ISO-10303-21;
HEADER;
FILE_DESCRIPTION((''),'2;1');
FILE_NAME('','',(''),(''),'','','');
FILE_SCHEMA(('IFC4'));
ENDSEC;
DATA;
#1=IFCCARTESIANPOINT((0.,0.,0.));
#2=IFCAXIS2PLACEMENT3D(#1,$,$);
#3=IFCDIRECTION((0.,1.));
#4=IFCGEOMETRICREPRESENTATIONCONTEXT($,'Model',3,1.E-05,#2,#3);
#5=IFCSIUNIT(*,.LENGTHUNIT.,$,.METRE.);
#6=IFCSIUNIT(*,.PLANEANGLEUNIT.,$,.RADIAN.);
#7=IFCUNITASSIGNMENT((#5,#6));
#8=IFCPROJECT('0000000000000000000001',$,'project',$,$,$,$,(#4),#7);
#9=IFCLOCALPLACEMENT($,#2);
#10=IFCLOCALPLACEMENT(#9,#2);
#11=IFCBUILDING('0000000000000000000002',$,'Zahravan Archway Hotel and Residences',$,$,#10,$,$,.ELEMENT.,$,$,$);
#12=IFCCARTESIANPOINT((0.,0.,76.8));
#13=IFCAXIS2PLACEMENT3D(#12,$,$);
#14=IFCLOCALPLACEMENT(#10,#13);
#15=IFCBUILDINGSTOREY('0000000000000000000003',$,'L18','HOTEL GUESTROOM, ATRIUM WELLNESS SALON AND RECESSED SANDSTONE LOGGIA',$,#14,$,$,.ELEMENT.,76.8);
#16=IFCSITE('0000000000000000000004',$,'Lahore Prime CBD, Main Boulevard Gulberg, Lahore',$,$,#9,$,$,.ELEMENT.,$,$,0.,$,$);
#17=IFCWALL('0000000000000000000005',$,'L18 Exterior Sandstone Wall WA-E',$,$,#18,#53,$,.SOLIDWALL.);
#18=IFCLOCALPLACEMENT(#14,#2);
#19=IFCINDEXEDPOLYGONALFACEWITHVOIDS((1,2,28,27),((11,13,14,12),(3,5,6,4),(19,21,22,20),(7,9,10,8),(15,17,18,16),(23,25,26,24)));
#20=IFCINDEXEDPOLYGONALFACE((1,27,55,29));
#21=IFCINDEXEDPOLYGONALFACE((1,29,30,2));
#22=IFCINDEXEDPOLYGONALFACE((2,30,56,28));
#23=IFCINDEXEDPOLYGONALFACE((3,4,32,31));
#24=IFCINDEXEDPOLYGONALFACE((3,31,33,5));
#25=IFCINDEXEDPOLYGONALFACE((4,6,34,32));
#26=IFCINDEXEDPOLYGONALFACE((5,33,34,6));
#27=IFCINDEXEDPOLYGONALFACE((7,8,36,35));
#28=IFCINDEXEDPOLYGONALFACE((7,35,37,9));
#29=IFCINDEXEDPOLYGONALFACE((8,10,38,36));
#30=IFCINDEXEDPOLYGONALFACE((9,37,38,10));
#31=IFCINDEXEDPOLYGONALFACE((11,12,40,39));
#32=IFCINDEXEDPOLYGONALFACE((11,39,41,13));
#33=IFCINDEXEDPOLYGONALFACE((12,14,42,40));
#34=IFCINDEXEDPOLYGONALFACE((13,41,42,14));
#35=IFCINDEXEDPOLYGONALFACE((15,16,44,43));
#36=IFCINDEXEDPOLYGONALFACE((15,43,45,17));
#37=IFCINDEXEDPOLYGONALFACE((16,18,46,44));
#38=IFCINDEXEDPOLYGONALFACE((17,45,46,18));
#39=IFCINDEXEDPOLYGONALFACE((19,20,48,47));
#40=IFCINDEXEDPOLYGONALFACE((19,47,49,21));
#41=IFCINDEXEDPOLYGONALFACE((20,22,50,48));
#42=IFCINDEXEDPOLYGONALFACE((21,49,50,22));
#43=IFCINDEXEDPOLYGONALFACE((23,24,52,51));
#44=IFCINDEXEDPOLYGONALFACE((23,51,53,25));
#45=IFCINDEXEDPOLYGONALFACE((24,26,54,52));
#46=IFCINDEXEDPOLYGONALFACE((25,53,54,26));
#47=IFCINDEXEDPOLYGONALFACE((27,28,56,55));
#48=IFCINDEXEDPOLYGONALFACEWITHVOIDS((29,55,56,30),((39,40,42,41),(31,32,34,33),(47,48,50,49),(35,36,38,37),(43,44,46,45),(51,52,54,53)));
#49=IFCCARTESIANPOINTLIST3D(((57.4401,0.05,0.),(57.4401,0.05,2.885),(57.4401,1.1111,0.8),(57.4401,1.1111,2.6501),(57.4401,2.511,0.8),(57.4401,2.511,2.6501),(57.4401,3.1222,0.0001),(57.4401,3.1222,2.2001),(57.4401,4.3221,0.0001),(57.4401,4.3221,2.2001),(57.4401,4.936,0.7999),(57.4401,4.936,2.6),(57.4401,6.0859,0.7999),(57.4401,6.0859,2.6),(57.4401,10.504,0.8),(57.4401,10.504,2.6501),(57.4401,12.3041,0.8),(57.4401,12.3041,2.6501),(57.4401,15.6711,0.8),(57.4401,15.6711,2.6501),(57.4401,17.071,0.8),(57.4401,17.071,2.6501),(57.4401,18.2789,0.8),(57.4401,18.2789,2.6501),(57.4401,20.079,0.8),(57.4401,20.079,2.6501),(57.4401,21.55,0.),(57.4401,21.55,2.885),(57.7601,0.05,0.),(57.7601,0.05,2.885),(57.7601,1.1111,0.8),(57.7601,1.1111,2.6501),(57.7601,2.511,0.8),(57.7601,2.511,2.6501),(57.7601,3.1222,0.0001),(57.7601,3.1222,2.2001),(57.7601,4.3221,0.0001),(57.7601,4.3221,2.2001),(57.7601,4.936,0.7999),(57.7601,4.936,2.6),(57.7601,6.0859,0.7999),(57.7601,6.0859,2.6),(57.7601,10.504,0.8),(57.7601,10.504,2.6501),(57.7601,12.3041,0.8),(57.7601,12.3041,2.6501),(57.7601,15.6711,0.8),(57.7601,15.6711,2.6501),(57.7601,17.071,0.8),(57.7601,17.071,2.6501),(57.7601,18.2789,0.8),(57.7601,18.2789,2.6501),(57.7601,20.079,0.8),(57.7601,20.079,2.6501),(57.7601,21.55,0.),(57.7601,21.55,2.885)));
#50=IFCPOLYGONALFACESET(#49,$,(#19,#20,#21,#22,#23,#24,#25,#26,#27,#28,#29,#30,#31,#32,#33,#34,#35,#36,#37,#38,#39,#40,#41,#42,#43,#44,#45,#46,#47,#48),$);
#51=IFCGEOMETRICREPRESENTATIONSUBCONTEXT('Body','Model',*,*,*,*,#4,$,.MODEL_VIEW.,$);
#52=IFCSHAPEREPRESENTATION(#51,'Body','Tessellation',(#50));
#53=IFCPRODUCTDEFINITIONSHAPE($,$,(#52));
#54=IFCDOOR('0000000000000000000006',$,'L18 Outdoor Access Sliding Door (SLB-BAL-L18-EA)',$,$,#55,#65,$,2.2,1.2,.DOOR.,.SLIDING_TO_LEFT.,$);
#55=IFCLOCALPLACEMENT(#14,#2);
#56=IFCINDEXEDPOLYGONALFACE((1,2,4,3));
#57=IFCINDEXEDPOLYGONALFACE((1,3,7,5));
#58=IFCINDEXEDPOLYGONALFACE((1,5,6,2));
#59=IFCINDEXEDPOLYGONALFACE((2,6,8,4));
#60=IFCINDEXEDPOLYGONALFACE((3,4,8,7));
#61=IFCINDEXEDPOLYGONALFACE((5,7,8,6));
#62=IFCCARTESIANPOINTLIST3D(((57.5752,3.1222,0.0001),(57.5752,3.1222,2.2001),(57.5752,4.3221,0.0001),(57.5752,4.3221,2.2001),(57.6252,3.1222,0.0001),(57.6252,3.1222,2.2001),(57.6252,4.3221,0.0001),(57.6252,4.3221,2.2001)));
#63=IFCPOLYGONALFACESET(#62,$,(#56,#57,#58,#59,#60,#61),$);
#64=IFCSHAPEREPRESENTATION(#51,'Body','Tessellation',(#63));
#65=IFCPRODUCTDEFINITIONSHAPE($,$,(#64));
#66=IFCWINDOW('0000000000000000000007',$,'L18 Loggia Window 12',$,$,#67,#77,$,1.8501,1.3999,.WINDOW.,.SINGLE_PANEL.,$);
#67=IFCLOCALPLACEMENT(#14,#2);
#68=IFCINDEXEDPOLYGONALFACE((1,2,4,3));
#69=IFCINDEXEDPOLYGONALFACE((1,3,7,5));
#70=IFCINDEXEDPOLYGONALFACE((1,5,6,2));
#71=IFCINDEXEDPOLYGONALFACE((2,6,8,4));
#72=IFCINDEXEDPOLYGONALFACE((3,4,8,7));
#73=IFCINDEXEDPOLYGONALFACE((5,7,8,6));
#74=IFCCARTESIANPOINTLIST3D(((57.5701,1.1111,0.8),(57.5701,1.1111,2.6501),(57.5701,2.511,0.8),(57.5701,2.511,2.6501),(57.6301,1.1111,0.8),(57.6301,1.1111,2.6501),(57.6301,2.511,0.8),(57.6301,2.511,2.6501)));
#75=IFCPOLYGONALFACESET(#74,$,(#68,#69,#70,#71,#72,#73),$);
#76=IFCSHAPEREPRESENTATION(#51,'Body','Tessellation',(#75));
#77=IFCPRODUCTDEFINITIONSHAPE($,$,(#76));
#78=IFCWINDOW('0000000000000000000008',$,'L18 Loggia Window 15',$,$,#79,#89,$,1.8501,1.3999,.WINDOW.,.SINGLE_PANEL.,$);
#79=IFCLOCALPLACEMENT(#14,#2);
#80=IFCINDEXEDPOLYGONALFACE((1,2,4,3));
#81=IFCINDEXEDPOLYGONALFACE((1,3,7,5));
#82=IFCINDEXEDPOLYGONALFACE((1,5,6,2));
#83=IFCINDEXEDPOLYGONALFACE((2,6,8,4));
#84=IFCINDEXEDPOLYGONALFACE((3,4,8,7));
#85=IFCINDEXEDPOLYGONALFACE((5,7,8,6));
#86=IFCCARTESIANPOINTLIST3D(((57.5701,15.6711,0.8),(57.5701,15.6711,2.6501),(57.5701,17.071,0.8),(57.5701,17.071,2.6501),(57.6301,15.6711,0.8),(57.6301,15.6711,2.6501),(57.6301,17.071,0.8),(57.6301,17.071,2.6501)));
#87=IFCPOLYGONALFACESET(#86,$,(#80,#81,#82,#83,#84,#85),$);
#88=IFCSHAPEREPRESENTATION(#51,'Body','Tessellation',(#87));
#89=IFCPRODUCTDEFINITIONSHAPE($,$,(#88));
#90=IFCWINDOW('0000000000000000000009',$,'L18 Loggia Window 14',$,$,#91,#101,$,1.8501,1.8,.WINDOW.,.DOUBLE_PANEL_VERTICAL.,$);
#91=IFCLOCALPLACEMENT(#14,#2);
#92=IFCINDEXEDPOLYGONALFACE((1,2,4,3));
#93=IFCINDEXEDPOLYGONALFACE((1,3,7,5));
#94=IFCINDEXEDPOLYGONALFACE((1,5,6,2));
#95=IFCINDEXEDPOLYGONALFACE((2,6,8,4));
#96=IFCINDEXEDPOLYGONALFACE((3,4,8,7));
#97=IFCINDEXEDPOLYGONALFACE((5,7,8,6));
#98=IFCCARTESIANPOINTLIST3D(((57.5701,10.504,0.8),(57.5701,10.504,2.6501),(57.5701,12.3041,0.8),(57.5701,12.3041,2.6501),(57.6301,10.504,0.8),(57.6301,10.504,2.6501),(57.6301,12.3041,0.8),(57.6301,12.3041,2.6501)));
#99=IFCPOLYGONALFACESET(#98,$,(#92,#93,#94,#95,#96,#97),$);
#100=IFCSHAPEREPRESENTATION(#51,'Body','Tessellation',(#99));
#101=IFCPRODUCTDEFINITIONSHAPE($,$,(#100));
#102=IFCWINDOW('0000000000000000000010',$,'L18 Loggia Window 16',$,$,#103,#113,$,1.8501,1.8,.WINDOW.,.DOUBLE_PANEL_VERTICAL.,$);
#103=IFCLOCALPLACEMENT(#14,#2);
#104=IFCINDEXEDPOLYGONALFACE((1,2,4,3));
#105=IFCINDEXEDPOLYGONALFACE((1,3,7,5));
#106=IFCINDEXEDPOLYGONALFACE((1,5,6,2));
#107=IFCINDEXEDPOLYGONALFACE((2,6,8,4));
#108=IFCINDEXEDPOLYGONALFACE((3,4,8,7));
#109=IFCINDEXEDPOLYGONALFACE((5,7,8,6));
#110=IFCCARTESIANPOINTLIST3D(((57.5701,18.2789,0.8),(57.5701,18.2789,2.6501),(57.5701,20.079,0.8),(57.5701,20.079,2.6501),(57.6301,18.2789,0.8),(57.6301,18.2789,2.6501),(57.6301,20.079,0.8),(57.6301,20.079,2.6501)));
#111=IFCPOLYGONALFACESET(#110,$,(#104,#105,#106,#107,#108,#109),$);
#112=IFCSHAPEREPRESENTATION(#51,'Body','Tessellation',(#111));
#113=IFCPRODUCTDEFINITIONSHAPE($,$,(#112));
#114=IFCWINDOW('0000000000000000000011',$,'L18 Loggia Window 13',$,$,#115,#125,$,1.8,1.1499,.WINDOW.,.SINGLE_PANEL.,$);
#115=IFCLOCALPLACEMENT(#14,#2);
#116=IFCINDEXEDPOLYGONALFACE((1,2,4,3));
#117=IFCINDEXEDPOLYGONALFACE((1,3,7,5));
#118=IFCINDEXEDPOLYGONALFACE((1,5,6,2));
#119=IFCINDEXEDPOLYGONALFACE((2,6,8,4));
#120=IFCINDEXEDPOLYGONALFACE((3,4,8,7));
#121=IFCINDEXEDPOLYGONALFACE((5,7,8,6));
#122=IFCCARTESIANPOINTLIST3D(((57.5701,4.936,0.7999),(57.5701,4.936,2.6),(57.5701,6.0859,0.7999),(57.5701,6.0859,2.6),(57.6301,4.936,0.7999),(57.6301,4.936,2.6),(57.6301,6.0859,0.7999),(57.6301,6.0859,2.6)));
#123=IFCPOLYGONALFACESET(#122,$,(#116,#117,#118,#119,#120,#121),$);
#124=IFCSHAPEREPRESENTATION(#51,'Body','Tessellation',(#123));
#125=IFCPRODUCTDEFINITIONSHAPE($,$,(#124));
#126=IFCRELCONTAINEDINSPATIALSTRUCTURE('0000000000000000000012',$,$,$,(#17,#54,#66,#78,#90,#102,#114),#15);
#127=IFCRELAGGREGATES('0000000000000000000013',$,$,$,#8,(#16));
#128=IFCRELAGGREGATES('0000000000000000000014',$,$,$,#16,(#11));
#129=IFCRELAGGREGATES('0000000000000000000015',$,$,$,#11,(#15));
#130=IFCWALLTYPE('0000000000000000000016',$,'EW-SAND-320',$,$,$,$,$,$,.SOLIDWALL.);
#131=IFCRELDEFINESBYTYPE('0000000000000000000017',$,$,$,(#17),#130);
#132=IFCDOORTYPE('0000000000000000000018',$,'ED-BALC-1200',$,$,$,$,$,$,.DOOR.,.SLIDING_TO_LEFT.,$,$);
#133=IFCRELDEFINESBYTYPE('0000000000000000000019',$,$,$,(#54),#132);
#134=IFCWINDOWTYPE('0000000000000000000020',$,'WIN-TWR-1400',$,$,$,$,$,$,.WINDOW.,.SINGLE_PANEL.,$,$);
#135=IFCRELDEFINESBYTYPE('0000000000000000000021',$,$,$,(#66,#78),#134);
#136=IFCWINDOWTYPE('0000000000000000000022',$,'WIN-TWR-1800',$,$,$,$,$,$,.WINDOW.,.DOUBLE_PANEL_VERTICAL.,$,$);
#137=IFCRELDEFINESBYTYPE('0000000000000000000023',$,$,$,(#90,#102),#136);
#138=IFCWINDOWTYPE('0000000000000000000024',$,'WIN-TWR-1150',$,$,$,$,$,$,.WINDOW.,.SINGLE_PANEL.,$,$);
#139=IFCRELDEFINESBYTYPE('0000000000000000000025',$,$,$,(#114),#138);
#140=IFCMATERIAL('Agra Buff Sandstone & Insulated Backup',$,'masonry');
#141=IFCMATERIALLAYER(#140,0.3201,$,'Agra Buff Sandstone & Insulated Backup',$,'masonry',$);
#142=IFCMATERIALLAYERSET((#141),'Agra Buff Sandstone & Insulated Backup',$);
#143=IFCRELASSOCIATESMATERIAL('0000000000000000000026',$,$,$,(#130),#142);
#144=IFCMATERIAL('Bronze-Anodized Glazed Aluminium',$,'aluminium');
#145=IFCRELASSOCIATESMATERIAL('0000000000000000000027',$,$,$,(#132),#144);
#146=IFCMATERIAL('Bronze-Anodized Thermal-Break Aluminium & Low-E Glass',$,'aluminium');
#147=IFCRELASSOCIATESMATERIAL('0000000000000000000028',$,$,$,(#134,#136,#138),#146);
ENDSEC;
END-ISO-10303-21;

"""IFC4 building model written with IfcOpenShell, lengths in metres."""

from ifc_helpers import new_model, si_unit, direction, frame, frame_2d, origin, place, context, subcontext, project, spatial, rectangle, extrude, source, transform, mapped, material, layer, layer_set, type_object, type_shapes, element, fill, save


model = new_model("IFC4")

# Units and contexts
model_context = context("Model", 3, precision=1e-05, world=origin(), true_north=direction((0.0, 1.0)))
body_context = subcontext(model_context, "Body", "Model", "MODEL_VIEW")
ifc_project = project(units=[si_unit("LENGTHUNIT", "METRE"), si_unit("PLANEANGLEUNIT", "RADIAN")], contexts=[model_context])

# Site, building, storey
site_placement = place(None, origin())
site = spatial("IfcSite", under=ifc_project, at=site_placement, Name="Lahore Prime CBD, Main Boulevard Gulberg, Lahore", CompositionType="ELEMENT", RefElevation=0.0)
building_placement = place(site_placement, origin())
building = spatial("IfcBuilding", under=site, at=building_placement, Name="Zahravan Archway Hotel and Residences", CompositionType="ELEMENT")
storey_placement = place(building_placement, frame((0.0, 0.0, 76.8)))
storey = spatial("IfcBuildingStorey", under=building, at=storey_placement, Name="L18", Description="HOTEL GUESTROOM, ATRIUM WELLNESS SALON AND RECESSED SANDSTONE LOGGIA", CompositionType="ELEMENT", Elevation=76.8)

# Wall, openings, door, windows
ifc_material_1 = material(Name="Agra Buff Sandstone & Insulated Backup", Category="masonry")
ifc_layer_1 = layer(ifc_material_1, 0.3201, Name="Agra Buff Sandstone & Insulated Backup", Category="masonry")
ifc_layer_set_1 = layer_set([ifc_layer_1], Name="Agra Buff Sandstone & Insulated Backup")
wall_type_1 = type_object("IfcWallType", Name="EW-SAND-320", PredefinedType="SOLIDWALL", material=ifc_layer_set_1)
wall_1_placement = place(storey_placement, frame((57.6001, 0.05, 0.0), z_axis=(0.0, 0.0, 1.0), x_axis=(0.0, 1.0, 0.0)))
wall_1 = element("IfcWall", 1, at=wall_1_placement, inside=storey, type_object=wall_type_1, Name="L18 Exterior Sandstone Wall WA-E", PredefinedType="SOLIDWALL", context=body_context, shape_type="SweptSolid", body=[
    extrude(rectangle(XDim=21.5, YDim=0.3201, at=frame_2d((10.75, 0.0))), origin(), (0.0, 0.0, 1.0), 2.885),
])
opening_1_placement = place(wall_1_placement, frame((3.072, 0.0, 0.0)))
opening_1 = element("IfcOpeningElement", 2, at=opening_1_placement, cuts=wall_1, PredefinedType="OPENING", context=body_context, shape_type="SweptSolid", body=[
    extrude(rectangle(XDim=1.2, YDim=2.2, at=frame_2d((0.6001, 1.1001))), frame((0.0, 0.1699, 0.0), z_axis=(0.0, -1.0, 0.0), x_axis=(1.0, 0.0, 0.0)), (0.0, 0.0, 1.0), 0.3401),
])
opening_2_placement = place(wall_1_placement, frame((1.061, 0.0, 0.8)))
opening_2 = element("IfcOpeningElement", 3, at=opening_2_placement, cuts=wall_1, PredefinedType="OPENING", context=body_context, shape_type="SweptSolid", body=[
    extrude(rectangle(XDim=1.3999, YDim=1.8501, at=frame_2d((0.7, 0.925))), frame((0.0, 0.1699, 0.0), z_axis=(0.0, -1.0, 0.0), x_axis=(1.0, 0.0, 0.0)), (0.0, 0.0, 1.0), 0.3401),
])
opening_3_placement = place(wall_1_placement, frame((4.886, 0.0, 0.8)))
opening_3 = element("IfcOpeningElement", 4, at=opening_3_placement, cuts=wall_1, PredefinedType="OPENING", context=body_context, shape_type="SweptSolid", body=[
    extrude(rectangle(XDim=1.1499, YDim=1.8, at=frame_2d((0.575, 0.8999))), frame((0.0, 0.1699, 0.0), z_axis=(0.0, -1.0, 0.0), x_axis=(1.0, 0.0, 0.0)), (0.0, 0.0, 1.0), 0.3401),
])
opening_4_placement = place(wall_1_placement, frame((10.4541, 0.0, 0.8)))
opening_4 = element("IfcOpeningElement", 5, at=opening_4_placement, cuts=wall_1, PredefinedType="OPENING", context=body_context, shape_type="SweptSolid", body=[
    extrude(rectangle(XDim=1.8, YDim=1.8501, at=frame_2d((0.8999, 0.925))), frame((0.0, 0.1699, 0.0), z_axis=(0.0, -1.0, 0.0), x_axis=(1.0, 0.0, 0.0)), (0.0, 0.0, 1.0), 0.3401),
])
opening_5_placement = place(wall_1_placement, frame((15.6211, 0.0, 0.8)))
opening_5 = element("IfcOpeningElement", 6, at=opening_5_placement, cuts=wall_1, PredefinedType="OPENING", context=body_context, shape_type="SweptSolid", body=[
    extrude(rectangle(XDim=1.3999, YDim=1.8501, at=frame_2d((0.7, 0.925))), frame((0.0, 0.1699, 0.0), z_axis=(0.0, -1.0, 0.0), x_axis=(1.0, 0.0, 0.0)), (0.0, 0.0, 1.0), 0.3401),
])
opening_6_placement = place(wall_1_placement, frame((18.229, 0.0, 0.8)))
opening_6 = element("IfcOpeningElement", 7, at=opening_6_placement, cuts=wall_1, PredefinedType="OPENING", context=body_context, shape_type="SweptSolid", body=[
    extrude(rectangle(XDim=1.8, YDim=1.8501, at=frame_2d((0.8999, 0.925))), frame((0.0, 0.1699, 0.0), z_axis=(0.0, -1.0, 0.0), x_axis=(1.0, 0.0, 0.0)), (0.0, 0.0, 1.0), 0.3401),
])
ifc_material_2 = material(Name="Bronze-Anodized Glazed Aluminium", Category="aluminium")
door_type_1 = type_object("IfcDoorType", Name="ED-BALC-1200", OperationType="SLIDING_TO_LEFT", PredefinedType="DOOR", material=ifc_material_2)
shared_shape_1 = source(origin(), body_context, "Body", "SweptSolid", [
    extrude(rectangle(XDim=1.2, YDim=2.2, at=frame_2d((0.6001, 1.1001))), frame((0.0, 0.0249, 0.0), z_axis=(0.0, -1.0, 0.0), x_axis=(1.0, 0.0, 0.0)), (0.0, 0.0, 1.0), 0.05),
])
type_shapes(door_type_1, [shared_shape_1])
door_1_placement = place(opening_1_placement, origin())
door_1 = element("IfcDoor", 8, at=door_1_placement, inside=storey, type_object=door_type_1, Name="L18 Outdoor Access Sliding Door (SLB-BAL-L18-EA)", OperationType="SLIDING_TO_LEFT", OverallHeight=2.2, OverallWidth=1.2, PredefinedType="DOOR", context=body_context, shape_type="MappedRepresentation", body=[
    mapped(shared_shape_1, transform((0.0, 0.0, 0.0), scale=1.0)),
])
fill(opening_1, door_1)
ifc_material_3 = material(Name="Bronze-Anodized Thermal-Break Aluminium & Low-E Glass", Category="aluminium")
window_type_1 = type_object("IfcWindowType", Name="WIN-TWR-1400", PartitioningType="SINGLE_PANEL", PredefinedType="WINDOW", material=ifc_material_3)
shared_shape_2 = source(origin(), body_context, "Body", "SweptSolid", [
    extrude(rectangle(XDim=1.3999, YDim=1.8501, at=frame_2d((0.7, 0.925))), frame((0.0, 0.03, 0.0), z_axis=(0.0, -1.0, 0.0), x_axis=(1.0, 0.0, 0.0)), (0.0, 0.0, 1.0), 0.0601),
])
type_shapes(window_type_1, [shared_shape_2])
window_1_placement = place(opening_2_placement, origin())
window_1 = element("IfcWindow", 9, at=window_1_placement, inside=storey, type_object=window_type_1, Name="L18 Loggia Window 12", OverallHeight=1.8501, OverallWidth=1.3999, PartitioningType="SINGLE_PANEL", PredefinedType="WINDOW", context=body_context, shape_type="MappedRepresentation", body=[
    mapped(shared_shape_2, transform((0.0, 0.0, 0.0), scale=1.0)),
])
fill(opening_2, window_1)
window_2_placement = place(opening_5_placement, origin())
window_2 = element("IfcWindow", 10, at=window_2_placement, inside=storey, type_object=window_type_1, Name="L18 Loggia Window 15", OverallHeight=1.8501, OverallWidth=1.3999, PartitioningType="SINGLE_PANEL", PredefinedType="WINDOW", context=body_context, shape_type="MappedRepresentation", body=[
    mapped(shared_shape_2, transform((0.0, 0.0, 0.0), scale=1.0)),
])
fill(opening_5, window_2)
window_type_2 = type_object("IfcWindowType", Name="WIN-TWR-1800", PartitioningType="DOUBLE_PANEL_VERTICAL", PredefinedType="WINDOW", material=ifc_material_3)
shared_shape_3 = source(origin(), body_context, "Body", "SweptSolid", [
    extrude(rectangle(XDim=1.8, YDim=1.8501, at=frame_2d((0.8999, 0.925))), frame((0.0, 0.03, 0.0), z_axis=(0.0, -1.0, 0.0), x_axis=(1.0, 0.0, 0.0)), (0.0, 0.0, 1.0), 0.0601),
])
type_shapes(window_type_2, [shared_shape_3])
window_3_placement = place(opening_4_placement, origin())
window_3 = element("IfcWindow", 11, at=window_3_placement, inside=storey, type_object=window_type_2, Name="L18 Loggia Window 14", OverallHeight=1.8501, OverallWidth=1.8, PartitioningType="DOUBLE_PANEL_VERTICAL", PredefinedType="WINDOW", context=body_context, shape_type="MappedRepresentation", body=[
    mapped(shared_shape_3, transform((0.0, 0.0, 0.0), scale=1.0)),
])
fill(opening_4, window_3)
window_4_placement = place(opening_6_placement, origin())
window_4 = element("IfcWindow", 12, at=window_4_placement, inside=storey, type_object=window_type_2, Name="L18 Loggia Window 16", OverallHeight=1.8501, OverallWidth=1.8, PartitioningType="DOUBLE_PANEL_VERTICAL", PredefinedType="WINDOW", context=body_context, shape_type="MappedRepresentation", body=[
    mapped(shared_shape_3, transform((0.0, 0.0, 0.0), scale=1.0)),
])
fill(opening_6, window_4)
window_type_3 = type_object("IfcWindowType", Name="WIN-TWR-1150", PartitioningType="SINGLE_PANEL", PredefinedType="WINDOW", material=ifc_material_3)
shared_shape_4 = source(origin(), body_context, "Body", "SweptSolid", [
    extrude(rectangle(XDim=1.1499, YDim=1.8, at=frame_2d((0.575, 0.8999))), frame((0.0, 0.03, 0.0), z_axis=(0.0, -1.0, 0.0), x_axis=(1.0, 0.0, 0.0)), (0.0, 0.0, 1.0), 0.0601),
])
type_shapes(window_type_3, [shared_shape_4])
window_5_placement = place(opening_3_placement, origin())
window_5 = element("IfcWindow", 13, at=window_5_placement, inside=storey, type_object=window_type_3, Name="L18 Loggia Window 13", OverallHeight=1.8, OverallWidth=1.1499, PartitioningType="SINGLE_PANEL", PredefinedType="WINDOW", context=body_context, shape_type="MappedRepresentation", body=[
    mapped(shared_shape_4, transform((0.0, 0.0, 0.0), scale=1.0)),
])
fill(opening_3, window_5)

save(model, "model.ifc")
